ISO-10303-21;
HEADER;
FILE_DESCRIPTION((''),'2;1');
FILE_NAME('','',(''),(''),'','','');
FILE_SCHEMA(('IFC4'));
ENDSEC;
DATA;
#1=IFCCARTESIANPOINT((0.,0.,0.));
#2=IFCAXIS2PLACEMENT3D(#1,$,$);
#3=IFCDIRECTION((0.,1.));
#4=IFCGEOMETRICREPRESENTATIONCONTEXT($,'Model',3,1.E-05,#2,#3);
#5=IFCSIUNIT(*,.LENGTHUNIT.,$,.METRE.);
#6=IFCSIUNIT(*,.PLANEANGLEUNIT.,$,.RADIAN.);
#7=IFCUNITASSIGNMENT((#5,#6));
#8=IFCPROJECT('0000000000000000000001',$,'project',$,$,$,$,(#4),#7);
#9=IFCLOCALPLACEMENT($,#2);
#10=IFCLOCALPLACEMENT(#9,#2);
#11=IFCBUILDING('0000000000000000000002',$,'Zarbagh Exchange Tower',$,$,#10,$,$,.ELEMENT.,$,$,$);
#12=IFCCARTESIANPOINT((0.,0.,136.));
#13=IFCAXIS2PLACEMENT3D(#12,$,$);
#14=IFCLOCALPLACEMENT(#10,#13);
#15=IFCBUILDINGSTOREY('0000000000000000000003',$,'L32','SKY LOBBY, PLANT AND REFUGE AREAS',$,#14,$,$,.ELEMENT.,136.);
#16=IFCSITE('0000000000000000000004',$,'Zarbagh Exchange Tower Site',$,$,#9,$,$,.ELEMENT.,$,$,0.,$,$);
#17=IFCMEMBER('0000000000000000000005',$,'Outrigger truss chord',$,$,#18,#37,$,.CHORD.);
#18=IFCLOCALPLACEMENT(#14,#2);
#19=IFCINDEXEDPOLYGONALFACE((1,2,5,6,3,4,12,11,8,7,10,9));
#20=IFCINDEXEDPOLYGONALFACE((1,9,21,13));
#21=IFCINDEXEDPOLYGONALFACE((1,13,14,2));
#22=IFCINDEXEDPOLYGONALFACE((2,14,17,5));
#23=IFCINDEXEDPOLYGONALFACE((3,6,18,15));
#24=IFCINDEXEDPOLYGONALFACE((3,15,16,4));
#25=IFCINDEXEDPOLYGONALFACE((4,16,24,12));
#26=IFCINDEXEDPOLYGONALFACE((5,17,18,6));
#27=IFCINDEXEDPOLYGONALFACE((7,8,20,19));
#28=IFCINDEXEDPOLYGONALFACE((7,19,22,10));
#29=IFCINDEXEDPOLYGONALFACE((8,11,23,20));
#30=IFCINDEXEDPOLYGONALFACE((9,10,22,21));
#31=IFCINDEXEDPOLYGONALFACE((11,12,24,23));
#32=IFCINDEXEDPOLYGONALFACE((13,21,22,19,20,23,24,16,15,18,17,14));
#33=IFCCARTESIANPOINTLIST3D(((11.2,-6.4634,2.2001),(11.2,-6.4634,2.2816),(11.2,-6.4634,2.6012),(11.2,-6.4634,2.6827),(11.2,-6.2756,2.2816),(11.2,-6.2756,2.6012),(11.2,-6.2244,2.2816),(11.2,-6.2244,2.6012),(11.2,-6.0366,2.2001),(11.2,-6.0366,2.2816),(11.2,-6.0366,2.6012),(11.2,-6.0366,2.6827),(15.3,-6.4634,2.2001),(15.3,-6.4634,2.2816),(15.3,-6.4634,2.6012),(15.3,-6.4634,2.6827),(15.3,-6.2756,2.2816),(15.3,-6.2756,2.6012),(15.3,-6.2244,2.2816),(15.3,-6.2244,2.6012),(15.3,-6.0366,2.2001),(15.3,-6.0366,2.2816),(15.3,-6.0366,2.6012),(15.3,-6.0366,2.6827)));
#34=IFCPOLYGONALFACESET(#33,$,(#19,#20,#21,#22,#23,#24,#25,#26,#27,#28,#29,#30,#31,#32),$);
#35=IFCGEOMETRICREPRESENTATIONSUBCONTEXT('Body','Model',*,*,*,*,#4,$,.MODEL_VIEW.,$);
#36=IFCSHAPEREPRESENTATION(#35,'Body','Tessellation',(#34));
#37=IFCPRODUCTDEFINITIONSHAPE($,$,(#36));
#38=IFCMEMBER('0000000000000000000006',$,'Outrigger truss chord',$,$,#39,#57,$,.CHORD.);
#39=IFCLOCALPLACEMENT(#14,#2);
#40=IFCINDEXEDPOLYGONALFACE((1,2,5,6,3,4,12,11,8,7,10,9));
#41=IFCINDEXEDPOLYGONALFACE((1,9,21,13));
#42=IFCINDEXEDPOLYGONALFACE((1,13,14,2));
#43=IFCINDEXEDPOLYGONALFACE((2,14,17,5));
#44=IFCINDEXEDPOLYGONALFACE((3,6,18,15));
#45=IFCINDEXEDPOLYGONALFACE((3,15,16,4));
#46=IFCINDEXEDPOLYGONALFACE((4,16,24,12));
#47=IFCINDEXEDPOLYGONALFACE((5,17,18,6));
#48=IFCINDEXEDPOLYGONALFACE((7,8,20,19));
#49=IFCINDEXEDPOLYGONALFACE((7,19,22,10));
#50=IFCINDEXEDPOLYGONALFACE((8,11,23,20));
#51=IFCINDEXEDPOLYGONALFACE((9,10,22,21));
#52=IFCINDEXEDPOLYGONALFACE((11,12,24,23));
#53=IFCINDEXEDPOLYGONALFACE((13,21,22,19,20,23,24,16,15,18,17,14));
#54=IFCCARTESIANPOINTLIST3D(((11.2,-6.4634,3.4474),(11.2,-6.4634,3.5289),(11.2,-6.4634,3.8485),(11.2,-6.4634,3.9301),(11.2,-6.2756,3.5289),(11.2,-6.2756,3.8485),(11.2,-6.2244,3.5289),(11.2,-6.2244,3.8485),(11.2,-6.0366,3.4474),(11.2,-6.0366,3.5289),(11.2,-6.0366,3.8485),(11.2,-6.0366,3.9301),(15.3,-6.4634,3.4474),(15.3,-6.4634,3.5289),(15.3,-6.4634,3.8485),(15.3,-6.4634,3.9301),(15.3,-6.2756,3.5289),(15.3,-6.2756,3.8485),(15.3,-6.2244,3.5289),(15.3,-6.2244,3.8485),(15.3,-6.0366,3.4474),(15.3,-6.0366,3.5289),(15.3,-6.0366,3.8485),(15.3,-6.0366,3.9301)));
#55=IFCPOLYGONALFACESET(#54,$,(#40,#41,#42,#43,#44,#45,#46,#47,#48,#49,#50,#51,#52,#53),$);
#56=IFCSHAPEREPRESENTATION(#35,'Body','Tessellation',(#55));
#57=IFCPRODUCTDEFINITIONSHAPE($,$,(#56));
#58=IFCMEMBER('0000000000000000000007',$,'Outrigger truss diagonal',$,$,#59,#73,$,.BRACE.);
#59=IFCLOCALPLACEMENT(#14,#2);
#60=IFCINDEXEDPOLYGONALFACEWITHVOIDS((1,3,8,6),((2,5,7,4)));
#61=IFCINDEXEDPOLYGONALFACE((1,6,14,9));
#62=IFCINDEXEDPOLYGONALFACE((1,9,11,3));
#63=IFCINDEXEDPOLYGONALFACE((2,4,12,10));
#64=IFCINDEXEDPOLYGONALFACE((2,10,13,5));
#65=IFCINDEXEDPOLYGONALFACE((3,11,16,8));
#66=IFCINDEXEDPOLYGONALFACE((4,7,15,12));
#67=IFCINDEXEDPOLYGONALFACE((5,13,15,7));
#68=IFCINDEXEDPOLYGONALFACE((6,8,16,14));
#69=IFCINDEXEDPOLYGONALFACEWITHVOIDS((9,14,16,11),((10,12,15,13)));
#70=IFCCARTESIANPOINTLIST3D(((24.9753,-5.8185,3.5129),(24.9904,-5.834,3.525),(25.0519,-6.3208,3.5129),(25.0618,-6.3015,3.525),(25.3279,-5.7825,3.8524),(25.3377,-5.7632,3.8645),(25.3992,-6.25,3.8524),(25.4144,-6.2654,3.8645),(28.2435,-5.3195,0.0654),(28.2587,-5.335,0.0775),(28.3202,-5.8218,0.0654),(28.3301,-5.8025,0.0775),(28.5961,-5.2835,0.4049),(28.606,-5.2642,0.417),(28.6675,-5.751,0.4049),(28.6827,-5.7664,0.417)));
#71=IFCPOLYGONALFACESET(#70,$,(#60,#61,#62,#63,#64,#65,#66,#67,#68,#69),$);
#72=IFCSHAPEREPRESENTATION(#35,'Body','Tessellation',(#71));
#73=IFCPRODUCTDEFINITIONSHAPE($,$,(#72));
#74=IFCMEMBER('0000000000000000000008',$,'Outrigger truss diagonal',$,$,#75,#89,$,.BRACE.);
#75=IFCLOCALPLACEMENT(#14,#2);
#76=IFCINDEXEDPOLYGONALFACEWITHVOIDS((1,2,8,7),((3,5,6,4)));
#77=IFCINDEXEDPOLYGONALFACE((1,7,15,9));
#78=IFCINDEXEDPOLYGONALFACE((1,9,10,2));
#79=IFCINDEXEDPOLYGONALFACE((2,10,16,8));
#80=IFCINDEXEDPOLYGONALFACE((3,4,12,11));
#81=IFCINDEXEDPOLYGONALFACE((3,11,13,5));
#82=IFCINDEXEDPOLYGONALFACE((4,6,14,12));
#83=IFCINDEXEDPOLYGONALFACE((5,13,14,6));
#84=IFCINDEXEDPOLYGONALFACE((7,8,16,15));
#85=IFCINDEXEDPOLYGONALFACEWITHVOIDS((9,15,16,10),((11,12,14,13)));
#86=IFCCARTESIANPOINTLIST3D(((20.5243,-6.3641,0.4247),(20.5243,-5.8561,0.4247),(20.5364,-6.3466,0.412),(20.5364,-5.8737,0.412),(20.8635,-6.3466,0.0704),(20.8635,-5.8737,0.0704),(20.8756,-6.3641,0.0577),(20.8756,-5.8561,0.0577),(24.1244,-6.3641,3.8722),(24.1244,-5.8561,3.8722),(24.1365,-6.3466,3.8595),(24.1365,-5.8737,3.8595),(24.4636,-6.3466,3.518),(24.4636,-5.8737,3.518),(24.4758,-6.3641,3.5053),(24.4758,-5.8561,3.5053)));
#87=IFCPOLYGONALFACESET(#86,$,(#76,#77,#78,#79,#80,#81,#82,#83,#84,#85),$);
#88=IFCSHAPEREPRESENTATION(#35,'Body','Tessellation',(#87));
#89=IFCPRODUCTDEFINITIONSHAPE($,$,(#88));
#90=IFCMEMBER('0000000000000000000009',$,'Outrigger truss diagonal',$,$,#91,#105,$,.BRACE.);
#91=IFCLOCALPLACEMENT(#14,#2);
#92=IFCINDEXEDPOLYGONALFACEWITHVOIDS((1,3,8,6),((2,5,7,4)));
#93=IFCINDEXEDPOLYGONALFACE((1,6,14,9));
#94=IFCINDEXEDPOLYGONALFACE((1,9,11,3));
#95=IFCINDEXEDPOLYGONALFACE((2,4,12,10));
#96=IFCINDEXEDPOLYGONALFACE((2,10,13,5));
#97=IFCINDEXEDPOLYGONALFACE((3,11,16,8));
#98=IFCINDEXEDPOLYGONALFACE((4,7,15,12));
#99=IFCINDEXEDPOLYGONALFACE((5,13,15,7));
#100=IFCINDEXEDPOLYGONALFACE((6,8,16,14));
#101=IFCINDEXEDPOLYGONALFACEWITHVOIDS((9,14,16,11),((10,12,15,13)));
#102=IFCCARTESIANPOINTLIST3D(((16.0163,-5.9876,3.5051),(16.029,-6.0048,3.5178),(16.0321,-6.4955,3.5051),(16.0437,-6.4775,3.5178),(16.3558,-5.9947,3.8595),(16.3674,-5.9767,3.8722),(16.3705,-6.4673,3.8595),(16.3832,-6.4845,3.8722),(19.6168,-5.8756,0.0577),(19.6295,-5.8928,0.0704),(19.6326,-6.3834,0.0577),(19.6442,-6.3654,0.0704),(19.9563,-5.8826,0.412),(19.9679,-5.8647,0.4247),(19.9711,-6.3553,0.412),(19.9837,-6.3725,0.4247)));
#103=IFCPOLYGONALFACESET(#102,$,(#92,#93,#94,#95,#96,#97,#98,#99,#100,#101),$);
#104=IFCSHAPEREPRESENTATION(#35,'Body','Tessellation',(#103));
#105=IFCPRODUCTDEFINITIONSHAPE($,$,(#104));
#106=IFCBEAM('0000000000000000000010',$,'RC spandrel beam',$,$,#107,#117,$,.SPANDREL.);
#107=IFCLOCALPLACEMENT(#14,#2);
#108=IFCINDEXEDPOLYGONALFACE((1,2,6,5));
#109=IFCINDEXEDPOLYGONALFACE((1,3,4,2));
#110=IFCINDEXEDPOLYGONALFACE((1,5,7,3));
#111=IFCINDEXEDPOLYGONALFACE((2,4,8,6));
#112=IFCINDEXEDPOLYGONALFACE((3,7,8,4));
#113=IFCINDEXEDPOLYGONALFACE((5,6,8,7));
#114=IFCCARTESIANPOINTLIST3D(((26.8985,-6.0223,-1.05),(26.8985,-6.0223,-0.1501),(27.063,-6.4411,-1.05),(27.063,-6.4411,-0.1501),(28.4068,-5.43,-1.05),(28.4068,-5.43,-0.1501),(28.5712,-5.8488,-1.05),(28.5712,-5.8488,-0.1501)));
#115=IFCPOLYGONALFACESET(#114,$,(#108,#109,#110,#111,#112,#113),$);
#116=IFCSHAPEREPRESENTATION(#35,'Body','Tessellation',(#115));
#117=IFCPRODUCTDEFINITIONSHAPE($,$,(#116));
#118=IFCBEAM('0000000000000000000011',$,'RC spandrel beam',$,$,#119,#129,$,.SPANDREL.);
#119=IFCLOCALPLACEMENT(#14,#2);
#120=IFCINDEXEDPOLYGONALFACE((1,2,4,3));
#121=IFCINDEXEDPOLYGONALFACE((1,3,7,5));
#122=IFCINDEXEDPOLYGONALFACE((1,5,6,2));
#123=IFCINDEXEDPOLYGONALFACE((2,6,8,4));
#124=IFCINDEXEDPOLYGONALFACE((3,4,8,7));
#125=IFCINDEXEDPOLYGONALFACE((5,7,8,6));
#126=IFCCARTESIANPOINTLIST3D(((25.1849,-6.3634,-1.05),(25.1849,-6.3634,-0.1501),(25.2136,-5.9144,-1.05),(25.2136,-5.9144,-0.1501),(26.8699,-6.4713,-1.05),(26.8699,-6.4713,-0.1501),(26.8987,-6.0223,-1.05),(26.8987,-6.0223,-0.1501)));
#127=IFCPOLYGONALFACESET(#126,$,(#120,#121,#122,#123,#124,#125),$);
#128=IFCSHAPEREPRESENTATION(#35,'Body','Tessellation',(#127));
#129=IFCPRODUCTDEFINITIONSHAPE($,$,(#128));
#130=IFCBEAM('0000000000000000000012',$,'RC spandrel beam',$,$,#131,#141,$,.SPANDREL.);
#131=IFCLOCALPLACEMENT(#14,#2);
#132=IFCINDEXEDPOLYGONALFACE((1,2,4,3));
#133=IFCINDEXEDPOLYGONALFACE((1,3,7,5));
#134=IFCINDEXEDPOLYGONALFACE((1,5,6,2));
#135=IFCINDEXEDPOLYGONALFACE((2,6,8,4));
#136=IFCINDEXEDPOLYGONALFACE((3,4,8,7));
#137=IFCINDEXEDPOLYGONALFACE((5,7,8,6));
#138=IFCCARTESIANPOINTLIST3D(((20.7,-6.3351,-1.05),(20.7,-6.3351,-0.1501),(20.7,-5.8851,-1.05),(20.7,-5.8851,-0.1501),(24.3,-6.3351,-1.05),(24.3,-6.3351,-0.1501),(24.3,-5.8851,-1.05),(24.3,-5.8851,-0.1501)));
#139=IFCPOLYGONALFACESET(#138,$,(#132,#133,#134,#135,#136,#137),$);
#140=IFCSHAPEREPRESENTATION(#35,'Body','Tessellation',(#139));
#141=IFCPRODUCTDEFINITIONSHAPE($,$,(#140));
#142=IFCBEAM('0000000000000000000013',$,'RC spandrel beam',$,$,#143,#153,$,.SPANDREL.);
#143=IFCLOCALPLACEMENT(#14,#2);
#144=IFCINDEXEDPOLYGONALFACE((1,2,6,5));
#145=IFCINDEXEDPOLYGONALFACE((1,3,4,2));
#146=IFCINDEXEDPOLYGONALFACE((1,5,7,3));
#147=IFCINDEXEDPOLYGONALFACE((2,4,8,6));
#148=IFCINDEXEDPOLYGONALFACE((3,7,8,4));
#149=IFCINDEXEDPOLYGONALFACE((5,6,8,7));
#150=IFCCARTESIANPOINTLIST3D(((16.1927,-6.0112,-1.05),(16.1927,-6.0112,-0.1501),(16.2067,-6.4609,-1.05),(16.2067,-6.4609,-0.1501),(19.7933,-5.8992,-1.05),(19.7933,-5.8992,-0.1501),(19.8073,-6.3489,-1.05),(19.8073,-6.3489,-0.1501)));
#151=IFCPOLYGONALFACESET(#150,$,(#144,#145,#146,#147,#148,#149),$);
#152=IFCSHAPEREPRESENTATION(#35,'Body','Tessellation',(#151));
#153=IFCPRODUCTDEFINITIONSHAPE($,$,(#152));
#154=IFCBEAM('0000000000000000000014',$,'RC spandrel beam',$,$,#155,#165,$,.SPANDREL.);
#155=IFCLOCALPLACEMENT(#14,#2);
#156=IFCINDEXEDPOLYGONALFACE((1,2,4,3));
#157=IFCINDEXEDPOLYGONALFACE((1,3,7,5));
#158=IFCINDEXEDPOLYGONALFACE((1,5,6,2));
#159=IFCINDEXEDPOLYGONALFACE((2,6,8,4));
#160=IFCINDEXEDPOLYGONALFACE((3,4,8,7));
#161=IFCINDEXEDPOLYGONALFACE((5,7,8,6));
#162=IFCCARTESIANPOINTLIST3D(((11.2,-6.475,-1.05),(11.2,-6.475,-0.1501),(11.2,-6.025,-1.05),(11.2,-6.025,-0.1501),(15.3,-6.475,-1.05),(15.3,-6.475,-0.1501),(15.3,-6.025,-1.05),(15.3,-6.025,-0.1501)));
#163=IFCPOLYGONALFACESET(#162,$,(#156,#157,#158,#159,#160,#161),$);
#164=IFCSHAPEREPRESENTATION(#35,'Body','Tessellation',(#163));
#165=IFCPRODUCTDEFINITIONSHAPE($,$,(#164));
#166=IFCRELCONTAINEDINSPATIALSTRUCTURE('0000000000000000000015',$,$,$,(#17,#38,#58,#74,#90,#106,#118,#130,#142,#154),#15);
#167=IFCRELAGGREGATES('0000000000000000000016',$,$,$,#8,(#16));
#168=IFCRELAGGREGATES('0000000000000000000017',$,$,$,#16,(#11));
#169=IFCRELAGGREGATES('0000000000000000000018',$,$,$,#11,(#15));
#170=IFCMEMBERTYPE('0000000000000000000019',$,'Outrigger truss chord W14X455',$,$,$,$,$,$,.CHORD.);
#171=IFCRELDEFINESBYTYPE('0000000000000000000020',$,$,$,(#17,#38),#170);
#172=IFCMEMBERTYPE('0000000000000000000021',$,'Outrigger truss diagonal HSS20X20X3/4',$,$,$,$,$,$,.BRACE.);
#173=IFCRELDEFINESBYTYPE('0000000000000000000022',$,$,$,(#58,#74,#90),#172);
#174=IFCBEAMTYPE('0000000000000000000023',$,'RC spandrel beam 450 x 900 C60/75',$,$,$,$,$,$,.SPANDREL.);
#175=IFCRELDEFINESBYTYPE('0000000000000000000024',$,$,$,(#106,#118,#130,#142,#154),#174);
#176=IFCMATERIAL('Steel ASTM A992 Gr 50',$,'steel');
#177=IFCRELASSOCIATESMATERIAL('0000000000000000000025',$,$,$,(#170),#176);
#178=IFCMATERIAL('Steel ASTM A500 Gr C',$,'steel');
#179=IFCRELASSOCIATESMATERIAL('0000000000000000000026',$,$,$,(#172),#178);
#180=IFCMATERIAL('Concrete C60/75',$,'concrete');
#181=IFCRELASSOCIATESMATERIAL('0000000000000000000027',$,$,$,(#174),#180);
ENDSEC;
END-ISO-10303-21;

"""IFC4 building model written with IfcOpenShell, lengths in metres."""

from ifc_helpers import new_model, si_unit, direction, frame, origin, origin_2d, place, context, subcontext, project, spatial, rectangle, hollow_rectangle, i_section, extrude, material, material_profile, profile_set, type_object, element, save


model = new_model("IFC4")

# Units and contexts
model_context = context("Model", 3, precision=1e-05, world=origin(), true_north=direction((0.0, 1.0)))
body_context = subcontext(model_context, "Body", "Model", "MODEL_VIEW")
ifc_project = project(units=[si_unit("LENGTHUNIT", "METRE"), si_unit("PLANEANGLEUNIT", "RADIAN")], contexts=[model_context])

# Site, building, storey
site_placement = place(None, origin())
site = spatial("IfcSite", under=ifc_project, at=site_placement, Name="Zarbagh Exchange Tower Site", CompositionType="ELEMENT", RefElevation=0.0)
building_placement = place(site_placement, origin())
building = spatial("IfcBuilding", under=site, at=building_placement, Name="Zarbagh Exchange Tower", CompositionType="ELEMENT")
storey_placement = place(building_placement, frame((0.0, 0.0, 136.0)))
storey = spatial("IfcBuildingStorey", under=building, at=storey_placement, Name="L32", Description="SKY LOBBY, PLANT AND REFUGE AREAS", CompositionType="ELEMENT", Elevation=136.0)

# Shared definitions
ifc_material_1 = material(Name="Concrete C60/75", Category="concrete")

# Shared definitions
ifc_material_2 = material(Name="Steel ASTM A992 Gr 50", Category="steel")
ifc_material_3 = material(Name="Steel ASTM A500 Gr C", Category="steel")

# Members
ifc_material_profile_1 = material_profile(ifc_material_2, i_section(OverallWidth=0.4268, OverallDepth=0.4827, WebThickness=0.0513, FlangeThickness=0.0815, at=origin_2d()), Name="W14X455")
ifc_profile_set_1 = profile_set([ifc_material_profile_1], Name="Steel ASTM A992 Gr 50")
member_type_1 = type_object("IfcMemberType", Name="Outrigger truss chord W14X455", PredefinedType="CHORD", material=ifc_profile_set_1)
for number, where, z_axis, x_axis, name in (
    (1, (15.3, -6.25, 2.4414), (-1.0, 0.0, 0.0), (0.0, -1.0, 0.0), "Outrigger truss chord"),
    (2, (15.3, -6.25, 3.6887), (-1.0, 0.0, 0.0), (0.0, -1.0, 0.0), "Outrigger truss chord"),
):
    element("IfcMember", number, at=place(storey_placement, frame(where, z_axis=z_axis, x_axis=x_axis)), inside=storey, type_object=member_type_1, Name=name, PredefinedType="CHORD", context=body_context, shape_type="SweptSolid", body=[
        extrude(i_section(OverallWidth=0.4268, OverallDepth=0.4827, WebThickness=0.0513, FlangeThickness=0.0815, at=origin_2d()), origin(), (0.0, 0.0, 1.0), 4.1001),
    ])
ifc_material_profile_2 = material_profile(ifc_material_3, hollow_rectangle(XDim=0.5081, YDim=0.5081, WallThickness=0.0176, at=origin_2d()), Name="HSS20X20X3/4")
ifc_profile_set_2 = profile_set([ifc_material_profile_2], Name="Steel ASTM A500 Gr C")
member_type_2 = type_object("IfcMemberType", Name="Outrigger truss diagonal HSS20X20X3/4", PredefinedType="BRACE", material=ifc_profile_set_2)
member_1_placement = place(storey_placement, frame((28.4631, -5.543, 0.2412), z_axis=(-0.684229, -0.104472, 0.721745), x_axis=(0.150936, -0.988544, 0.0)))
element("IfcMember", 3, at=member_1_placement, inside=storey, type_object=member_type_2, Name="Outrigger truss diagonal", PredefinedType="BRACE", context=body_context, shape_type="SweptSolid", body=[
    extrude(hollow_rectangle(XDim=0.5081, YDim=0.5081, WallThickness=0.0176, at=origin_2d()), origin(), (0.0, 0.0, 1.0), 4.7766),
])
member_2_placement = place(storey_placement, frame((20.7, -6.1101, 0.2412), z_axis=(0.722247, 0.0, 0.691635), x_axis=(0.0, 1.0, 0.0)))
element("IfcMember", 4, at=member_2_placement, inside=storey, type_object=member_type_2, Name="Outrigger truss diagonal", PredefinedType="BRACE", context=body_context, shape_type="SweptSolid", body=[
    extrude(hollow_rectangle(XDim=0.5081, YDim=0.5081, WallThickness=0.0176, at=origin_2d()), origin(), (0.0, 0.0, 1.0), 4.9846),
])
member_3_placement = place(storey_placement, frame((19.8003, -6.124, 0.2412), z_axis=(-0.722112, -0.022474, 0.691411), x_axis=(0.031108, -0.999516, 0.0)))
element("IfcMember", 5, at=member_3_placement, inside=storey, type_object=member_type_2, Name="Outrigger truss diagonal", PredefinedType="BRACE", context=body_context, shape_type="SweptSolid", body=[
    extrude(hollow_rectangle(XDim=0.5081, YDim=0.5081, WallThickness=0.0176, at=origin_2d()), origin(), (0.0, 0.0, 1.0), 4.9861),
])

# Beams
ifc_material_profile_3 = material_profile(ifc_material_1, rectangle(XDim=0.45, YDim=0.8999, at=origin_2d()), Name="RC spandrel beam 450 x 900 C60/75")
ifc_profile_set_3 = profile_set([ifc_material_profile_3], Name="Concrete C60/75")
beam_type_1 = type_object("IfcBeamType", Name="RC spandrel beam 450 x 900 C60/75", PredefinedType="SPANDREL", material=ifc_profile_set_3)
beam_1_placement = place(storey_placement, frame((28.489, -5.6394, -0.6001), z_axis=(-0.930806, -0.365513, 0.0), x_axis=(0.365513, -0.930806, 0.0)))
element("IfcBeam", 6, at=beam_1_placement, inside=storey, type_object=beam_type_1, Name="RC spandrel beam", PredefinedType="SPANDREL", context=body_context, shape_type="SweptSolid", body=[
    extrude(rectangle(XDim=0.45, YDim=0.8999, at=origin_2d()), origin(), (0.0, 0.0, 1.0), 1.6204),
])
beam_2_placement = place(storey_placement, frame((26.8843, -6.2468, -0.6001), z_axis=(-0.997956, 0.063908, 0.0), x_axis=(-0.063908, -0.997956, 0.0)))
element("IfcBeam", 7, at=beam_2_placement, inside=storey, type_object=beam_type_1, Name="RC spandrel beam", PredefinedType="SPANDREL", context=body_context, shape_type="SweptSolid", body=[
    extrude(rectangle(XDim=0.45, YDim=0.8999, at=origin_2d()), origin(), (0.0, 0.0, 1.0), 1.6885),
])
beam_3_placement = place(storey_placement, frame((24.3, -6.1101, -0.6001), z_axis=(-1.0, 0.0, 0.0), x_axis=(0.0, -1.0, 0.0)))
element("IfcBeam", 8, at=beam_3_placement, inside=storey, type_object=beam_type_1, Name="RC spandrel beam", PredefinedType="SPANDREL", context=body_context, shape_type="SweptSolid", body=[
    extrude(rectangle(XDim=0.45, YDim=0.8999, at=origin_2d()), origin(), (0.0, 0.0, 1.0), 3.6001),
])
beam_4_placement = place(storey_placement, frame((19.8003, -6.124, -0.6001), z_axis=(-0.999516, -0.031108, 0.0), x_axis=(0.031108, -0.999516, 0.0)))
element("IfcBeam", 9, at=beam_4_placement, inside=storey, type_object=beam_type_1, Name="RC spandrel beam", PredefinedType="SPANDREL", context=body_context, shape_type="SweptSolid", body=[
    extrude(rectangle(XDim=0.45, YDim=0.8999, at=origin_2d()), origin(), (0.0, 0.0, 1.0), 3.6023),
])
beam_5_placement = place(storey_placement, frame((15.3, -6.25, -0.6001), z_axis=(-1.0, 0.0, 0.0), x_axis=(0.0, -1.0, 0.0)))
element("IfcBeam", 10, at=beam_5_placement, inside=storey, type_object=beam_type_1, Name="RC spandrel beam", PredefinedType="SPANDREL", context=body_context, shape_type="SweptSolid", body=[
    extrude(rectangle(XDim=0.45, YDim=0.8999, at=origin_2d()), origin(), (0.0, 0.0, 1.0), 4.1001),
])

save(model, "model.ifc")
